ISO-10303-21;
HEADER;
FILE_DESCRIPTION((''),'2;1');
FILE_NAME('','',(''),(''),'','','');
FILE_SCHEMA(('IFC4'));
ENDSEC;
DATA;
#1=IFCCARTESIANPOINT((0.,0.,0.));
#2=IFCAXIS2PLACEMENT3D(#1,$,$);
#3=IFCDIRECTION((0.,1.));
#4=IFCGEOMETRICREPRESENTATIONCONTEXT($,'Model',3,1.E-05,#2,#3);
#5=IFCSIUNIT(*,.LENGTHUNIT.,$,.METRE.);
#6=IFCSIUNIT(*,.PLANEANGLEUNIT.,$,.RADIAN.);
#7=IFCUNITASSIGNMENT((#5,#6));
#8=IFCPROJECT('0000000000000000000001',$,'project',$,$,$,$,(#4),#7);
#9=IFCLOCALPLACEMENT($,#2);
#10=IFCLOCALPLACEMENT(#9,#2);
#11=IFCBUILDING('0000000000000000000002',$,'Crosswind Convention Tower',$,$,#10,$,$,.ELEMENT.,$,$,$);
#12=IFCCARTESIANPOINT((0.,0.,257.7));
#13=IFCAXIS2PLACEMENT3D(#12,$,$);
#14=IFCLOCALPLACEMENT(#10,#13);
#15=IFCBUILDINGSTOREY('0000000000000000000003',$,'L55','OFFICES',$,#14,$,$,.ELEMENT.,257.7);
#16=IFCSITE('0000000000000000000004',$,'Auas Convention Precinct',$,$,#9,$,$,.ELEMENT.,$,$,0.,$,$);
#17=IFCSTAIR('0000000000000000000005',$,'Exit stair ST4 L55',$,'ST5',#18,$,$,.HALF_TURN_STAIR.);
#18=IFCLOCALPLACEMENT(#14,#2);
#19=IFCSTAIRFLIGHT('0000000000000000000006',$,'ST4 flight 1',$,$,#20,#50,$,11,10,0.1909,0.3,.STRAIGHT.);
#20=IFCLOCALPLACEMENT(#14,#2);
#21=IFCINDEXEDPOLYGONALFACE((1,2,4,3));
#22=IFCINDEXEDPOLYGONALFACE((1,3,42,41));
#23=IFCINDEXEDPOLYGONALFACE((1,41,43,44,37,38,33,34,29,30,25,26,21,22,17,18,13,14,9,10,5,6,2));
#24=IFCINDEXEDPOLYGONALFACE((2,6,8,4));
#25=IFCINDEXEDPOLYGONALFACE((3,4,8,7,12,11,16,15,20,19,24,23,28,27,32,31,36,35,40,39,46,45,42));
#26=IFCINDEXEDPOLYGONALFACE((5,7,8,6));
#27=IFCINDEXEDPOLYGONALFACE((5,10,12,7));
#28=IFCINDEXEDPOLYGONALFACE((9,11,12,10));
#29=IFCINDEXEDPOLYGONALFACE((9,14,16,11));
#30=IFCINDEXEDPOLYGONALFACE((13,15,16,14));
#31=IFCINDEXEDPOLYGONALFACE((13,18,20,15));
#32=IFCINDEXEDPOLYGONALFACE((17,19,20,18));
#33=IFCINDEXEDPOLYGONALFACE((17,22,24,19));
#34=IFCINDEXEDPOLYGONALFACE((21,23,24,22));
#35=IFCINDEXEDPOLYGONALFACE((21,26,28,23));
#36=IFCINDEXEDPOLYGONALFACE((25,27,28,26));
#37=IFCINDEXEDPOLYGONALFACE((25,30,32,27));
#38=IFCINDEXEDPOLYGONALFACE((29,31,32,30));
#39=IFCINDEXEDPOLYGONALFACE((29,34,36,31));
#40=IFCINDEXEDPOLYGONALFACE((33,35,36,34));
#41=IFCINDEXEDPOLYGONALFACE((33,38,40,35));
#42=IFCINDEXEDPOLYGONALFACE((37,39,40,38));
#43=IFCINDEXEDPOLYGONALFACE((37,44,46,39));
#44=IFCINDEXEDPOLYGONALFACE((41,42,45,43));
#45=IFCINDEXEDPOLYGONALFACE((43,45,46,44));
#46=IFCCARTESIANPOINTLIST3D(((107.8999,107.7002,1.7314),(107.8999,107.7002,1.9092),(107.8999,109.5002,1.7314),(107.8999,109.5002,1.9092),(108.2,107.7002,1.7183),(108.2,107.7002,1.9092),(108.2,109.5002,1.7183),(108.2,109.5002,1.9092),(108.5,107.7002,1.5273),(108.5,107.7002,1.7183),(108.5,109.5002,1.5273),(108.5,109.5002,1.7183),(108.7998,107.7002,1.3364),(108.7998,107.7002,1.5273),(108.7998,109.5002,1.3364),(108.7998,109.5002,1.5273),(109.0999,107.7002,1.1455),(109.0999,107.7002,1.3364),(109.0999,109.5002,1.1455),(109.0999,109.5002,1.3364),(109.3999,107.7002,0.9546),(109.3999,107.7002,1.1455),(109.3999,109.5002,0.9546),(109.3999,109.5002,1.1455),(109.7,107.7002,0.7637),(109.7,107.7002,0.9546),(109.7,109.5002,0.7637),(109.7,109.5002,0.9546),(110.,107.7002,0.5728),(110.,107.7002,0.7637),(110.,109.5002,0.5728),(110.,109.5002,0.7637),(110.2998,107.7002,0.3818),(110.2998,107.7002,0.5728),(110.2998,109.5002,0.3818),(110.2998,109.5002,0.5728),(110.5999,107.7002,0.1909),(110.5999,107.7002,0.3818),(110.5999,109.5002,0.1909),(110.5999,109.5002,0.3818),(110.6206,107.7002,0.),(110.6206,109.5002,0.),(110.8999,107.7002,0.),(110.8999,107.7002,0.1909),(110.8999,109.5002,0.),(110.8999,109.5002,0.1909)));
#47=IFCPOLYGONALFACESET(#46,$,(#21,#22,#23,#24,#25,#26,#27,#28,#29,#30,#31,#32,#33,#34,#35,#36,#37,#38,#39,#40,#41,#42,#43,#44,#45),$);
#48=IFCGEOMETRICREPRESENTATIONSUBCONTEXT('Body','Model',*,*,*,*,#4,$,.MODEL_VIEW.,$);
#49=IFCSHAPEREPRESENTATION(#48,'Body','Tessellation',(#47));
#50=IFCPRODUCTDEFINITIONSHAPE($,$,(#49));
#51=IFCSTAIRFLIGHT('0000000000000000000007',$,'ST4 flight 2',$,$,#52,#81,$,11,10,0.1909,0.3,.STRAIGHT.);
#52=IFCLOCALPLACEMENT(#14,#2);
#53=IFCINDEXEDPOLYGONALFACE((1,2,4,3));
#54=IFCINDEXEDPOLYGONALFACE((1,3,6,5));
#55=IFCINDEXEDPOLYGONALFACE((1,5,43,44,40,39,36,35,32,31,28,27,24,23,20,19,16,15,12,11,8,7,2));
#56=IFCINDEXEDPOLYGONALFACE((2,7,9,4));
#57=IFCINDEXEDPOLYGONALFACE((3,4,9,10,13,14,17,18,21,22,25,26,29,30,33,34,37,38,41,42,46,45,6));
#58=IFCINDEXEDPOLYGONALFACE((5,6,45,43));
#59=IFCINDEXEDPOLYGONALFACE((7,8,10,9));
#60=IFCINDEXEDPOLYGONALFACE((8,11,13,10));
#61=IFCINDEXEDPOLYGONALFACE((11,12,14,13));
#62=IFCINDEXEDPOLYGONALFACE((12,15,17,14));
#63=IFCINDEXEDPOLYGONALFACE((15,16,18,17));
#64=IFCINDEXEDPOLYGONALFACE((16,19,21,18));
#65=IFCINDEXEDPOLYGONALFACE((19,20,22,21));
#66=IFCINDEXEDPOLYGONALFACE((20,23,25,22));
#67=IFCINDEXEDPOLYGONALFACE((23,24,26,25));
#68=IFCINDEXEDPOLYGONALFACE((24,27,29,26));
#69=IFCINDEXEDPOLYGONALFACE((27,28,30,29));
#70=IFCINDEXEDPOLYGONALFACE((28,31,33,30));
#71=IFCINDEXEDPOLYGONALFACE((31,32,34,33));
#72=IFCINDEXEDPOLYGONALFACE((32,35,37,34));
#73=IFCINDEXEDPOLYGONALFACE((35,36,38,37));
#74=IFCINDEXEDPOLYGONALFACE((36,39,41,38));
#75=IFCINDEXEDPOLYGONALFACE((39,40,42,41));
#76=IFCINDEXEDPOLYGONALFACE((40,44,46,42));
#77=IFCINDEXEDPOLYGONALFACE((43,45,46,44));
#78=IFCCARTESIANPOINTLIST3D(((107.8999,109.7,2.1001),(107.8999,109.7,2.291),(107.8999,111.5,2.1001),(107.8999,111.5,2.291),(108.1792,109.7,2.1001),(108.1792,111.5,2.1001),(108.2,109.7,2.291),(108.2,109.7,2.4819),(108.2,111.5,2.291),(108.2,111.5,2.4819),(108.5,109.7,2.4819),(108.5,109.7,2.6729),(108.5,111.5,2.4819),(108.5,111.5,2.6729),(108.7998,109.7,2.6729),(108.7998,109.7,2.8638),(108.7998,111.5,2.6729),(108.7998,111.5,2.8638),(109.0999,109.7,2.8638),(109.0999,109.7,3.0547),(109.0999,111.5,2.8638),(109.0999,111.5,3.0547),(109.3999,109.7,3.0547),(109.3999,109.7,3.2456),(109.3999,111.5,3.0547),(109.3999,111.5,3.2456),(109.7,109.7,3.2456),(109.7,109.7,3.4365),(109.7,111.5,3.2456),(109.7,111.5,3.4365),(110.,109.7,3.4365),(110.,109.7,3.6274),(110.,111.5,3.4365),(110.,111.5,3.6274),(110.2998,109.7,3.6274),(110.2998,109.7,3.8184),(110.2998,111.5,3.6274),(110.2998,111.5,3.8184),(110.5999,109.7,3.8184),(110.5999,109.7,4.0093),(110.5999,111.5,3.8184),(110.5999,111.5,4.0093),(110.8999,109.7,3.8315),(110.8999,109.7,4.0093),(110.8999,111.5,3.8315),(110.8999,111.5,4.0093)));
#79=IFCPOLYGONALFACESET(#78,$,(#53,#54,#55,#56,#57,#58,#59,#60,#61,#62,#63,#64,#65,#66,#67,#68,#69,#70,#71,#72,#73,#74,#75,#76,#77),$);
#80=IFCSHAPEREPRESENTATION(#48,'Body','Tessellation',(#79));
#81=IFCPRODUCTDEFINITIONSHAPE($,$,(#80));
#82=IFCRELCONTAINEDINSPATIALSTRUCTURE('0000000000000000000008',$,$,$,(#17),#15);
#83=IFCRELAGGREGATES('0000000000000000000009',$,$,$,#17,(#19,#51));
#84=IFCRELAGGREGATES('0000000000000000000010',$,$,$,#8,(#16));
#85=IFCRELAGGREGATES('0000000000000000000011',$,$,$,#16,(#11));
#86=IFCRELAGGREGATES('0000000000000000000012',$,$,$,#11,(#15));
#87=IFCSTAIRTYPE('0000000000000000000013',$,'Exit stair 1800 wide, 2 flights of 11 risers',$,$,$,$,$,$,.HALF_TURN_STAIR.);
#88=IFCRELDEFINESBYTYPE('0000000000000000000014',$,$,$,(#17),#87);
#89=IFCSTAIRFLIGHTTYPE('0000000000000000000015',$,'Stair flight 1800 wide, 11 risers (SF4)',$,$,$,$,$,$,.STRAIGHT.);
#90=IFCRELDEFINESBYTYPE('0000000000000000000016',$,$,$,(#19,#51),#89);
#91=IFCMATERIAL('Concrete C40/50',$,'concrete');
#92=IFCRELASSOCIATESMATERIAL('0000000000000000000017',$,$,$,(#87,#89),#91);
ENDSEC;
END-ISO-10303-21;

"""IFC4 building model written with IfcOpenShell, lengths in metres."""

from ifc_helpers import new_model, si_unit, direction, frame, origin, place, context, subcontext, project, spatial, polyline, outline, extrude, material, type_object, element, aggregate, save


model = new_model("IFC4")

# Units and contexts
model_context = context("Model", 3, precision=1e-05, world=origin(), true_north=direction((0.0, 1.0)))
body_context = subcontext(model_context, "Body", "Model", "MODEL_VIEW")
ifc_project = project(units=[si_unit("LENGTHUNIT", "METRE"), si_unit("PLANEANGLEUNIT", "RADIAN")], contexts=[model_context])

# Site, building, storey
site_placement = place(None, origin())
site = spatial("IfcSite", under=ifc_project, at=site_placement, Name="Auas Convention Precinct", CompositionType="ELEMENT", RefElevation=0.0)
building_placement = place(site_placement, origin())
building = spatial("IfcBuilding", under=site, at=building_placement, Name="Crosswind Convention Tower", CompositionType="ELEMENT")
storey_placement = place(building_placement, frame((0.0, 0.0, 257.7)))
storey = spatial("IfcBuildingStorey", under=building, at=storey_placement, Name="L55", Description="OFFICES", CompositionType="ELEMENT", Elevation=257.7)

# Stair, stair flights
ifc_material_1 = material(Name="Concrete C40/50", Category="concrete")
stair_type = type_object("IfcStairType", Name="Exit stair 1800 wide, 2 flights of 11 risers", PredefinedType="HALF_TURN_STAIR", material=ifc_material_1)
stair_placement = place(storey_placement, origin())
stair = element("IfcStair", 1, at=stair_placement, inside=storey, type_object=stair_type, Name="Exit stair ST4 L55", ObjectType="ST5", PredefinedType="HALF_TURN_STAIR")
stair_flight_type = type_object("IfcStairFlightType", Name="Stair flight 1800 wide, 11 risers (SF4)", PredefinedType="STRAIGHT", material=ifc_material_1)
stair_flight_1_placement = place(storey_placement, frame((110.8999, 108.6001, 0.0), z_axis=(0.0, 0.0, 1.0), x_axis=(-1.0, 0.0, 0.0)))
stair_flight_1 = element("IfcStairFlight", 2, at=stair_flight_1_placement, type_object=stair_flight_type, Name="ST4 flight 1", NumberOfRisers=11, NumberOfTreads=10, PredefinedType="STRAIGHT", RiserHeight=0.1909, TreadLength=0.3, context=body_context, shape_type="SweptSolid", body=[
    extrude(outline(polyline([(0.0, 0.0), (0.0, 0.1909), (0.3, 0.1909), (0.3, 0.3818), (0.6001, 0.3818), (0.6001, 0.5728), (0.8999, 0.5728), (0.8999, 0.7637), (1.2, 0.7637), (1.2, 0.9546), (1.5, 0.9546), (1.5, 1.1455), (1.8, 1.1455), (1.8, 1.3364), (2.1001, 1.3364), (2.1001, 1.5273), (2.3999, 1.5273), (2.3999, 1.7183), (2.7, 1.7183), (2.7, 1.9092), (3.0, 1.9092), (3.0, 2.1001), (3.0, 1.7314), (0.2793, 0.0), (0.0, 0.0)])), frame((0.0, 0.8999, 0.0), z_axis=(0.0, -1.0, 0.0), x_axis=(1.0, 0.0, 0.0)), (0.0, 0.0, 1.0), 1.8),
])
stair_flight_2_placement = place(storey_placement, frame((107.8999, 110.6001, 2.1001), z_axis=(0.0, 0.0, 1.0), x_axis=(1.0, 0.0, 0.0)))
stair_flight_2 = element("IfcStairFlight", 3, at=stair_flight_2_placement, type_object=stair_flight_type, Name="ST4 flight 2", NumberOfRisers=11, NumberOfTreads=10, PredefinedType="STRAIGHT", RiserHeight=0.1909, TreadLength=0.3, context=body_context, shape_type="SweptSolid", body=[
    extrude(outline(polyline([(0.0, 0.0), (0.0, 0.1909), (0.3, 0.1909), (0.3, 0.3818), (0.6001, 0.3818), (0.6001, 0.5728), (0.8999, 0.5728), (0.8999, 0.7637), (1.2, 0.7637), (1.2, 0.9546), (1.5, 0.9546), (1.5, 1.1455), (1.8, 1.1455), (1.8, 1.3364), (2.1001, 1.3364), (2.1001, 1.5273), (2.3999, 1.5273), (2.3999, 1.7183), (2.7, 1.7183), (2.7, 1.9092), (3.0, 1.9092), (3.0, 2.1001), (3.0, 1.7314), (0.2793, 0.0), (0.0, 0.0)])), frame((0.0, 0.8999, 0.0), z_axis=(0.0, -1.0, 0.0), x_axis=(1.0, 0.0, 0.0)), (0.0, 0.0, 1.0), 1.8),
])
aggregate(stair, [stair_flight_1, stair_flight_2])

save(model, "model.ifc")
